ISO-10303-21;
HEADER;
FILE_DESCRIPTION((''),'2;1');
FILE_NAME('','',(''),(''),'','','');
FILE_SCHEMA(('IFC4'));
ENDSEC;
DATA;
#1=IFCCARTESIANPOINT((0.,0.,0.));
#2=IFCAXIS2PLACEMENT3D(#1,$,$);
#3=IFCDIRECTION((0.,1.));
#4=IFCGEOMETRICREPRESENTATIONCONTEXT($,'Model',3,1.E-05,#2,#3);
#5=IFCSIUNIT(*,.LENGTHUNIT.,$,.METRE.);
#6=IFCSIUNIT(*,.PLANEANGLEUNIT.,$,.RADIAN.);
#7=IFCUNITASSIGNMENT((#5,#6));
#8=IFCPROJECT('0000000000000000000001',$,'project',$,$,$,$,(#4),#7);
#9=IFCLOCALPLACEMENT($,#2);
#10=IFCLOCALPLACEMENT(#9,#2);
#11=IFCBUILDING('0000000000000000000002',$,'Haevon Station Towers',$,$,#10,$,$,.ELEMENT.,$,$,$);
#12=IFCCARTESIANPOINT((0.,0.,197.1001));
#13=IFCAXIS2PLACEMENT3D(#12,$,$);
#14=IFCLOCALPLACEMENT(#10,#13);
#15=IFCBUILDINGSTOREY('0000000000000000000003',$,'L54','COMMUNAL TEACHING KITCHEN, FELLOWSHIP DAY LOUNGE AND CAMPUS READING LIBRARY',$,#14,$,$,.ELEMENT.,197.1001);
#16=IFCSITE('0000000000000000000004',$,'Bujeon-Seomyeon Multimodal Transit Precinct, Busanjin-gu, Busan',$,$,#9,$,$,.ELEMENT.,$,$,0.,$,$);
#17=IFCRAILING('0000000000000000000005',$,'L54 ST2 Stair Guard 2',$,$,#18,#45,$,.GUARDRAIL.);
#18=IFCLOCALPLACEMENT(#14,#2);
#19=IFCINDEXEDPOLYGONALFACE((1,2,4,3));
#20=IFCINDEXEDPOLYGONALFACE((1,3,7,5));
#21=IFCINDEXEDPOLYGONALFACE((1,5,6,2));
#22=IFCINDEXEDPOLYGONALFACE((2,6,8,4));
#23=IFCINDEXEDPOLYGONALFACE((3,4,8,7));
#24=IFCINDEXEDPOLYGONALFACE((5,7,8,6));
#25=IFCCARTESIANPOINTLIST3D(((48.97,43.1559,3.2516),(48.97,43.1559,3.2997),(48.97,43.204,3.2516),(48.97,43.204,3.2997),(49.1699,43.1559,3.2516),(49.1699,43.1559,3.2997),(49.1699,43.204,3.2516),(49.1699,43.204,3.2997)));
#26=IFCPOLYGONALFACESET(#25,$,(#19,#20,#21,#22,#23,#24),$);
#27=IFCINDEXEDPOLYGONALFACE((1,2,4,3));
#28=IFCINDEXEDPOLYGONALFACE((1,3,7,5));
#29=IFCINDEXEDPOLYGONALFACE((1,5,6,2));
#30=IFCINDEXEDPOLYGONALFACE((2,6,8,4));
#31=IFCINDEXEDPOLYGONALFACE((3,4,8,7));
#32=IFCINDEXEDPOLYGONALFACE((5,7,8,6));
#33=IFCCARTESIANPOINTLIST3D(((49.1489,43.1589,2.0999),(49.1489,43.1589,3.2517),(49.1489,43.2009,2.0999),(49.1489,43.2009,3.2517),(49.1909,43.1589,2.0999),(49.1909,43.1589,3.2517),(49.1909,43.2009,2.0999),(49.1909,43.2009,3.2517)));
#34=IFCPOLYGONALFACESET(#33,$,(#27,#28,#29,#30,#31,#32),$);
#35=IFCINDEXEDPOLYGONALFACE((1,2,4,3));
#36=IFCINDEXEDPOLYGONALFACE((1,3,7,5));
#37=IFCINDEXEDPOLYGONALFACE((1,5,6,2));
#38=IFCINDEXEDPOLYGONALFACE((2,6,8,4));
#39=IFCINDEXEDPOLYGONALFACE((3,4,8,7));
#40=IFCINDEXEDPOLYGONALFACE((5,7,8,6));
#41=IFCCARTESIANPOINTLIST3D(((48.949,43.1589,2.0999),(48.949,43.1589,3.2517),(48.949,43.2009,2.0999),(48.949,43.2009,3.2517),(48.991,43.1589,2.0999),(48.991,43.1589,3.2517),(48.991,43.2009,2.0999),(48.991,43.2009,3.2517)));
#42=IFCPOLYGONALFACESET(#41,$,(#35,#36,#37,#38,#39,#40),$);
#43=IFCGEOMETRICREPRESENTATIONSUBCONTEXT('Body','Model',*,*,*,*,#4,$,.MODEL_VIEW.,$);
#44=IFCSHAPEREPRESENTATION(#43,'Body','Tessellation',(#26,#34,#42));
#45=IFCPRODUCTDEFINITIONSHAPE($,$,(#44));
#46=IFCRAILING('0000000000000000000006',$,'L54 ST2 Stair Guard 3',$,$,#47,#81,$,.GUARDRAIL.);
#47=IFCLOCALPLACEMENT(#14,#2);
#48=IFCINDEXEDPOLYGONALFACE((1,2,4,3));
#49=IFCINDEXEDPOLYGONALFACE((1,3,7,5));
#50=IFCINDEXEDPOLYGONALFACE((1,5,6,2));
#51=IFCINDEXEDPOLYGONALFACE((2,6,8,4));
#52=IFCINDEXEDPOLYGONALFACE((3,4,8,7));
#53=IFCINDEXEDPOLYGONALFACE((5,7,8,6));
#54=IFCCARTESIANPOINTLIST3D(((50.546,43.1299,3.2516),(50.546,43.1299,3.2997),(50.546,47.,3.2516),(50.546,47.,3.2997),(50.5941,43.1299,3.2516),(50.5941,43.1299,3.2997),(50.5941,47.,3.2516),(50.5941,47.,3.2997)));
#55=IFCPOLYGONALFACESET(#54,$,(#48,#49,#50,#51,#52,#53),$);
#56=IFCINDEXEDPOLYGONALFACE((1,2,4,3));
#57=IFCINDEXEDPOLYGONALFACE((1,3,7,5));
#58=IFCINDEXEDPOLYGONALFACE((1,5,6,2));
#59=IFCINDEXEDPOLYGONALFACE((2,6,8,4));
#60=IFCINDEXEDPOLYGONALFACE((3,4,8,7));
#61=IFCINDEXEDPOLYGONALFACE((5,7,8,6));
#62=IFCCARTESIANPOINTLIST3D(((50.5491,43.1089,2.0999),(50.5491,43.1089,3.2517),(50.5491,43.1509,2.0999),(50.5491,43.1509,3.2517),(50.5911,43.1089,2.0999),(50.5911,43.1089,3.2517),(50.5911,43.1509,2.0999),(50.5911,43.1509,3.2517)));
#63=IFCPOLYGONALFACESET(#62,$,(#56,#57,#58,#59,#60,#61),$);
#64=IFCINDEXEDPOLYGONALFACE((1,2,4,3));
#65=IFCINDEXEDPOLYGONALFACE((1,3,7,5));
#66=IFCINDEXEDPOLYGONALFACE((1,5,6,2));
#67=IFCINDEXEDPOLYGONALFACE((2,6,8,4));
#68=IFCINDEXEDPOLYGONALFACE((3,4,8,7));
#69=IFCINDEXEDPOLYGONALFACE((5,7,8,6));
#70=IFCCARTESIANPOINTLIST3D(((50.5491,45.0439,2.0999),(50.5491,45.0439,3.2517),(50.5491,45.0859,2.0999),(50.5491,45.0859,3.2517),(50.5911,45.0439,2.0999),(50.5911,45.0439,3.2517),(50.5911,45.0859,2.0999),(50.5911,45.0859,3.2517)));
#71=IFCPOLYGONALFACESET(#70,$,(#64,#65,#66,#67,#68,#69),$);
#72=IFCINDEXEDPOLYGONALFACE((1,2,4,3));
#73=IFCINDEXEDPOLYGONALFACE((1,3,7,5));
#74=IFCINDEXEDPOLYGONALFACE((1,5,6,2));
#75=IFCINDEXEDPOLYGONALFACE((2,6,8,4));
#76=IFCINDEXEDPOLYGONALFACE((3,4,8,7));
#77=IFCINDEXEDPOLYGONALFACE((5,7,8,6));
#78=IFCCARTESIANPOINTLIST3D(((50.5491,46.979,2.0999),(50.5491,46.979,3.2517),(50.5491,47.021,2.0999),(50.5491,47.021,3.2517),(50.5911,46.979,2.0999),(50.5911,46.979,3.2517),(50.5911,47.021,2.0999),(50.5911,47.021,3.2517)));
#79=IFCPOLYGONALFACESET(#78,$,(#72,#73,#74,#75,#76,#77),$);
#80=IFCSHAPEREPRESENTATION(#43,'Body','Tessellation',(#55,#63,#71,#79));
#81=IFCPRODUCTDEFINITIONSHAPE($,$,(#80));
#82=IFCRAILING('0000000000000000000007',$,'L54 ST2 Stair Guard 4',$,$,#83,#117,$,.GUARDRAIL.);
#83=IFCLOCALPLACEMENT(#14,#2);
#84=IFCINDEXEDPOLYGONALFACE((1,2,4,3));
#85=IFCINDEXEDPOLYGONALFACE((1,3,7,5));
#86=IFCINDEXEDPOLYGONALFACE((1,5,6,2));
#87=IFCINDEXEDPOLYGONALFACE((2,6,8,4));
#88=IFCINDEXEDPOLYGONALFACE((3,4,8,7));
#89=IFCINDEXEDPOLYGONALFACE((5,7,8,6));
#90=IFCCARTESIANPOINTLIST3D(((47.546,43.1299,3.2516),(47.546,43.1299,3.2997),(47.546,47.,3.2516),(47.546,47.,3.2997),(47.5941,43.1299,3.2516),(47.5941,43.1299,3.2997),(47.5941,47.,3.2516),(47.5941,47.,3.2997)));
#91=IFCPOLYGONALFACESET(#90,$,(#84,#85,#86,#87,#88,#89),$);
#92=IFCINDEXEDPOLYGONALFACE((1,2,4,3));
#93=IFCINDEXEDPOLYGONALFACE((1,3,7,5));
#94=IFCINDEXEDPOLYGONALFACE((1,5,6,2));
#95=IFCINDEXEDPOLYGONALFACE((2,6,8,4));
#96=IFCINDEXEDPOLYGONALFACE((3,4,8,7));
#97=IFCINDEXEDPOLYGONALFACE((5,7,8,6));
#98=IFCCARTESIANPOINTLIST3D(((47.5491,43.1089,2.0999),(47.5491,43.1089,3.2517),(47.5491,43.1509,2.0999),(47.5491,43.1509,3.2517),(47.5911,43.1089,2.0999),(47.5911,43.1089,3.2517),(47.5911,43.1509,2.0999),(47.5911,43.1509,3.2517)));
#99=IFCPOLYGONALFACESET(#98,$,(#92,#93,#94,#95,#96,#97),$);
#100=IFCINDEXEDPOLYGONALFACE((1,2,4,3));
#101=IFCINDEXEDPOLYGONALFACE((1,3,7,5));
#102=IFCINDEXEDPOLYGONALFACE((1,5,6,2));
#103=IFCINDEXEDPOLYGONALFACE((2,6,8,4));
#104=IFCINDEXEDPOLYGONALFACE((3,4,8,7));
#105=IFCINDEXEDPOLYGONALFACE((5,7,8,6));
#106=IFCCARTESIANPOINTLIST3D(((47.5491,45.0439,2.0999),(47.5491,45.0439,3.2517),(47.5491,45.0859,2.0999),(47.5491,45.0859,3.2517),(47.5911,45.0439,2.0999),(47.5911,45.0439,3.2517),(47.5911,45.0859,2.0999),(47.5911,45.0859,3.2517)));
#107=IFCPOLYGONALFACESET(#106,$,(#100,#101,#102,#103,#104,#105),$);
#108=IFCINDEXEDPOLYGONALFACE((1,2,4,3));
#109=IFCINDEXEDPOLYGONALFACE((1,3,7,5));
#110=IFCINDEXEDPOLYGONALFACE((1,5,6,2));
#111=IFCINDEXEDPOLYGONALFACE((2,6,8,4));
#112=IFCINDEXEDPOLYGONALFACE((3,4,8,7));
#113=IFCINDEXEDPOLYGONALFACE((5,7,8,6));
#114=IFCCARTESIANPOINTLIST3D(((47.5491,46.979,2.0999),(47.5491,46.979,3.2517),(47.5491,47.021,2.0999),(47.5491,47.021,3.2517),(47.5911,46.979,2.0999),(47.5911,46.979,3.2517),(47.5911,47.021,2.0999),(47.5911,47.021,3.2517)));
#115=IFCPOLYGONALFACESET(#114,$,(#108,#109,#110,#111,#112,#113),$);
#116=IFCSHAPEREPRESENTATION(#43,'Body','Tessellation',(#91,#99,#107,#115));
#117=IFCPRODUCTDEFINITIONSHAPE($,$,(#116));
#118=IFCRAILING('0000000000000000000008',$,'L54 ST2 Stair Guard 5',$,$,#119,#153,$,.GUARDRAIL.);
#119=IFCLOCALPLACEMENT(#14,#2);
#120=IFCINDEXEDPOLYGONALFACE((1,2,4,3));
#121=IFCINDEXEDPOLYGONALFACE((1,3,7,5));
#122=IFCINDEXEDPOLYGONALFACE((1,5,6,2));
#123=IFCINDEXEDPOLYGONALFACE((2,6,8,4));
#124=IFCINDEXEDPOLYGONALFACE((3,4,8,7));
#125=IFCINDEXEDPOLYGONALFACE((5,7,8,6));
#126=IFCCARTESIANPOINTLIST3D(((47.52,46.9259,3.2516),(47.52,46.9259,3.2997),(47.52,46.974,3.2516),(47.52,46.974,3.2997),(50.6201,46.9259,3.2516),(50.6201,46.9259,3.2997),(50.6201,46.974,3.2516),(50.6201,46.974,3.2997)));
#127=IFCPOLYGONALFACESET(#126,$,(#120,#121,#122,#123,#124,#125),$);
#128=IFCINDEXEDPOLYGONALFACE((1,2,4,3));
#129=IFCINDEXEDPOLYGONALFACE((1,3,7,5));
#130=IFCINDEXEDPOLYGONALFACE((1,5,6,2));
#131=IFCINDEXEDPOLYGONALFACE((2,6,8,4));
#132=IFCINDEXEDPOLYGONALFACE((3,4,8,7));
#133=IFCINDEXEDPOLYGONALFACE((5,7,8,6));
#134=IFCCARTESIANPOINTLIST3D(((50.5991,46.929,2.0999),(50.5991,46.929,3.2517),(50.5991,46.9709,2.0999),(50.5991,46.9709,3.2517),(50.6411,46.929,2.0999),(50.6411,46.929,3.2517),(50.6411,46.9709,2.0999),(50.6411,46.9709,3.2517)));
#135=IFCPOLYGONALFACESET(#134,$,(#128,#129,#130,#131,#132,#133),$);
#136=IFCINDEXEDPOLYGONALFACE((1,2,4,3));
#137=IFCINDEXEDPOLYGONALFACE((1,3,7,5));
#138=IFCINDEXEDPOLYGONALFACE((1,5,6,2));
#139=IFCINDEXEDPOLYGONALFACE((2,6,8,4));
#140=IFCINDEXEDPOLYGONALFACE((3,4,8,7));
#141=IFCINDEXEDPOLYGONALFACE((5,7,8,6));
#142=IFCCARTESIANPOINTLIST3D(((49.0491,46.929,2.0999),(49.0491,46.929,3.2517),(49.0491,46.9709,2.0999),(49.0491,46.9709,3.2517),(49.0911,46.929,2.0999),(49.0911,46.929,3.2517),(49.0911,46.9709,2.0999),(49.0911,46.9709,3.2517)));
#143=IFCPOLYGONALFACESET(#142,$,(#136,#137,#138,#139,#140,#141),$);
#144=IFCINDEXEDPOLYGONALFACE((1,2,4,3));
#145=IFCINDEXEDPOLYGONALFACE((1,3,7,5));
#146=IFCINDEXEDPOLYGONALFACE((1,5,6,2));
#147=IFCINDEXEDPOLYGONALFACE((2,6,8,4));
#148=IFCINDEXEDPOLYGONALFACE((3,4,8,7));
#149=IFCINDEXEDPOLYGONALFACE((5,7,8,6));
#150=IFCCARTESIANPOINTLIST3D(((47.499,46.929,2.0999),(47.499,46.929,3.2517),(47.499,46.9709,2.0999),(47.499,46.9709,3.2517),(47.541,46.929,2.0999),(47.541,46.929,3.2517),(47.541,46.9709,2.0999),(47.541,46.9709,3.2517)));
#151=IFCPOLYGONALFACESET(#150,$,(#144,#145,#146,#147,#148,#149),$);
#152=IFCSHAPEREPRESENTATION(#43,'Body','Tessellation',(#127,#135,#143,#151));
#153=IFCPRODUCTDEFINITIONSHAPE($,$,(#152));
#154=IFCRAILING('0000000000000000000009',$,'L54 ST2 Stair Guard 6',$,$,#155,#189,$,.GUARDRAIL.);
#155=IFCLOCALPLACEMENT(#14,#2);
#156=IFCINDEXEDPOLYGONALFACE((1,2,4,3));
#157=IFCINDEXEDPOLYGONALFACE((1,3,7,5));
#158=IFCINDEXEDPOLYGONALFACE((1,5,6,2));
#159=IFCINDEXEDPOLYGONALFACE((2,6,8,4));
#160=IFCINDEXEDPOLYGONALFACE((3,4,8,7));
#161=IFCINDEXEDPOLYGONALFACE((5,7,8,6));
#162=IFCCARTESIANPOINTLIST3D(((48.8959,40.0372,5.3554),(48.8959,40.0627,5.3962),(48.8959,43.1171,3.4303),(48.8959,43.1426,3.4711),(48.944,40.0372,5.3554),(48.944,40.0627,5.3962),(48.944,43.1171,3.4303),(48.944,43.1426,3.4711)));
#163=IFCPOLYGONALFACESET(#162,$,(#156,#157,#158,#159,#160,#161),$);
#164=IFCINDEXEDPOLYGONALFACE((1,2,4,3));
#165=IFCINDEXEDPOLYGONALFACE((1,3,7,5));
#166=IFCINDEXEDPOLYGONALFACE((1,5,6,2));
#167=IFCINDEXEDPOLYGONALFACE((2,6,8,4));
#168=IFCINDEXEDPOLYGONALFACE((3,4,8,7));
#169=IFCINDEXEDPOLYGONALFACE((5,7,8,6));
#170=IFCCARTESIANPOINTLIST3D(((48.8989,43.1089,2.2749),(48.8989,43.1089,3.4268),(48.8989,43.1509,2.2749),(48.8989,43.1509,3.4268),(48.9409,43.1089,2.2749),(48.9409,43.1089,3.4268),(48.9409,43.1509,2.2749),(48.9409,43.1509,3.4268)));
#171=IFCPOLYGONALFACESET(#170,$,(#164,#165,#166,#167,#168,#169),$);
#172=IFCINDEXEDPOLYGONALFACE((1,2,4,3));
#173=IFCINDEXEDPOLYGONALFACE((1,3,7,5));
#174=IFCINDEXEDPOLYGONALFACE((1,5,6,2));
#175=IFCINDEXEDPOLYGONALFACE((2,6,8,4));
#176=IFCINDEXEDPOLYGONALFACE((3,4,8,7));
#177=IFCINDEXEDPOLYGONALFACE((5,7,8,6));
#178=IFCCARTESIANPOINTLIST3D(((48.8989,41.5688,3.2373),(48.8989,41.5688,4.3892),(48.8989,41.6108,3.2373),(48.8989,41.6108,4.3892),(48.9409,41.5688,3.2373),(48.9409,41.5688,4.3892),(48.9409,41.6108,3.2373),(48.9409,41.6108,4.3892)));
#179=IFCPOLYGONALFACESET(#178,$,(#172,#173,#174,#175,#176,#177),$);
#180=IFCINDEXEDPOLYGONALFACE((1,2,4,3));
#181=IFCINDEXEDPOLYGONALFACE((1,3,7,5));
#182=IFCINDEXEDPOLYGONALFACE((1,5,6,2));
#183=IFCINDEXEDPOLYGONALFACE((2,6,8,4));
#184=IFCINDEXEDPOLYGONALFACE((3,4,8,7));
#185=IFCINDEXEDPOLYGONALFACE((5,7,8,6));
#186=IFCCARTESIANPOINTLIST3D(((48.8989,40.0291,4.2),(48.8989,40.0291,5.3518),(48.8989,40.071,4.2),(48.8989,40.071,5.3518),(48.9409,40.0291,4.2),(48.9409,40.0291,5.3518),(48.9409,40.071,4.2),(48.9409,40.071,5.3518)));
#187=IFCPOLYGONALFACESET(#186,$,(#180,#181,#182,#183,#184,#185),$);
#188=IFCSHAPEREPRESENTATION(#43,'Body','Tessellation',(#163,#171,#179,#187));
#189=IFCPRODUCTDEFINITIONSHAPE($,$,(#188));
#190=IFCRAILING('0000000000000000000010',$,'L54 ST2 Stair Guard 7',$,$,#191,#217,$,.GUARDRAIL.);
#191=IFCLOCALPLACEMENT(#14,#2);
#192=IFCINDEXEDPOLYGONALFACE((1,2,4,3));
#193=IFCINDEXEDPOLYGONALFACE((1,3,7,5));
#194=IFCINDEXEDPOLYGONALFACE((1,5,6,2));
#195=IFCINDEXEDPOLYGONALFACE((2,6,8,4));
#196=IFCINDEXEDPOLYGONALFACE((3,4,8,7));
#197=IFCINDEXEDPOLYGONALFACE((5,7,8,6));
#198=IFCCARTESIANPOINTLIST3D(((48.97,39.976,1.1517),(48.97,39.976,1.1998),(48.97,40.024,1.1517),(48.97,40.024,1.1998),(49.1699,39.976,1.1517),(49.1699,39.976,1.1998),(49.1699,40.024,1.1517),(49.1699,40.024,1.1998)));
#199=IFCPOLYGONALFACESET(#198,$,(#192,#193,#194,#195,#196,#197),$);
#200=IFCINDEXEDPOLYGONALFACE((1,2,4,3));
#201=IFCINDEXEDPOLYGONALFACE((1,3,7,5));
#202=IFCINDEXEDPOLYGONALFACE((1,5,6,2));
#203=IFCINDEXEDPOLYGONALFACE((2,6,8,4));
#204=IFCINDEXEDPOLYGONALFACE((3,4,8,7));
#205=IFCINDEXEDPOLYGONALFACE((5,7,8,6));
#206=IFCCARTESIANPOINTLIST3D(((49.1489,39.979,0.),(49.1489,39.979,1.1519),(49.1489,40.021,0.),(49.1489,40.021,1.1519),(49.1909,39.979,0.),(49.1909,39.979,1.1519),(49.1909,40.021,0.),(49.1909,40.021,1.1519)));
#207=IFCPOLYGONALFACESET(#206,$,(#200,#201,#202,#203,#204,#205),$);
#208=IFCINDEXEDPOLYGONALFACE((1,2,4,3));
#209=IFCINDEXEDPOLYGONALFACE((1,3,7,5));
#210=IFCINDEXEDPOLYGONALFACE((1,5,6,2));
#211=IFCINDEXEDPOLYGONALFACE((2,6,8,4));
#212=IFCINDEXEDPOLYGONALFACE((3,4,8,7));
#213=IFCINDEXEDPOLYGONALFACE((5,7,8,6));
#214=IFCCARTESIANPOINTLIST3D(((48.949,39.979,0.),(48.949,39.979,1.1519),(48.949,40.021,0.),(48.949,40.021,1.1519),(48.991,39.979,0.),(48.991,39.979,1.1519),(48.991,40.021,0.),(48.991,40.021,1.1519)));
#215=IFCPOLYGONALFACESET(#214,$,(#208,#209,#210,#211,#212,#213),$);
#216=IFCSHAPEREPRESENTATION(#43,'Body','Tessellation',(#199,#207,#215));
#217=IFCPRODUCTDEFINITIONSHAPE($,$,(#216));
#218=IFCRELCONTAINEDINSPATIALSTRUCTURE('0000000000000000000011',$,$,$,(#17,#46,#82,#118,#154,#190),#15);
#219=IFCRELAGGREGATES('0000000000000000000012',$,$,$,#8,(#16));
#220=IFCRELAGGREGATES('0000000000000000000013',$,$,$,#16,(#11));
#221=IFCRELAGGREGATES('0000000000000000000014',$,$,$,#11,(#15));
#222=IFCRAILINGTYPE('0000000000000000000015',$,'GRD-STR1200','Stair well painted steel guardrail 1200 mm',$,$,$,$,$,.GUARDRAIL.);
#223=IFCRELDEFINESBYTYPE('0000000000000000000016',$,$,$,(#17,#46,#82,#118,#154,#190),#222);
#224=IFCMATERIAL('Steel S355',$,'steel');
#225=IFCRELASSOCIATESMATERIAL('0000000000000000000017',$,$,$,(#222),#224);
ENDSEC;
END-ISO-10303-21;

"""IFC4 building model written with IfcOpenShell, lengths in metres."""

from ifc_helpers import new_model, si_unit, direction, frame, origin, origin_2d, place, context, subcontext, project, spatial, rectangle, extrude, material, type_object, element, save


model = new_model("IFC4")

# Units and contexts
model_context = context("Model", 3, precision=1e-05, world=origin(), true_north=direction((0.0, 1.0)))
body_context = subcontext(model_context, "Body", "Model", "MODEL_VIEW")
ifc_project = project(units=[si_unit("LENGTHUNIT", "METRE"), si_unit("PLANEANGLEUNIT", "RADIAN")], contexts=[model_context])

# Site, building, storey
site_placement = place(None, origin())
site = spatial("IfcSite", under=ifc_project, at=site_placement, Name="Bujeon-Seomyeon Multimodal Transit Precinct, Busanjin-gu, Busan", CompositionType="ELEMENT", RefElevation=0.0)
building_placement = place(site_placement, origin())
building = spatial("IfcBuilding", under=site, at=building_placement, Name="Haevon Station Towers", CompositionType="ELEMENT")
storey_placement = place(building_placement, frame((0.0, 0.0, 197.1001)))
storey = spatial("IfcBuildingStorey", under=building, at=storey_placement, Name="L54", Description="COMMUNAL TEACHING KITCHEN, FELLOWSHIP DAY LOUNGE AND CAMPUS READING LIBRARY", CompositionType="ELEMENT", Elevation=197.1001)

# Shared definitions
ifc_material_1 = material(Name="Steel S355", Category="steel")

# Railings
railing_type_1 = type_object("IfcRailingType", Name="GRD-STR1200", Description="Stair well painted steel guardrail 1200 mm", PredefinedType="GUARDRAIL", material=ifc_material_1)
railing_1_placement = place(storey_placement, frame((49.1699, 43.1799, 2.0999)))
element("IfcRailing", 1, at=railing_1_placement, inside=storey, type_object=railing_type_1, Name="L54 ST2 Stair Guard 2", PredefinedType="GUARDRAIL", context=body_context, shape_type="SweptSolid", body=[
    extrude(rectangle(XDim=0.0481, YDim=0.0481, at=origin_2d()), frame((0.0, 0.0, 1.1758), z_axis=(-1.0, 0.0, 0.0), x_axis=(0.0, -1.0, 0.0)), (0.0, 0.0, 1.0), 0.2),
    extrude(rectangle(XDim=0.042, YDim=0.042, at=origin_2d()), origin(), (0.0, 0.0, 1.0), 1.1519),
    extrude(rectangle(XDim=0.042, YDim=0.042, at=origin_2d()), frame((-0.2, 0.0, 0.0)), (0.0, 0.0, 1.0), 1.1519),
])
for number, where, name in (
    (2, (50.5701, 43.1299, 2.0999), "L54 ST2 Stair Guard 3"),
    (3, (47.5701, 43.1299, 2.0999), "L54 ST2 Stair Guard 4"),
):
    element("IfcRailing", number, at=place(storey_placement, frame(where)), inside=storey, type_object=railing_type_1, Name=name, PredefinedType="GUARDRAIL", context=body_context, shape_type="SweptSolid", body=[
        extrude(rectangle(XDim=0.0481, YDim=0.0481, at=origin_2d()), frame((0.0, 0.0, 1.1758), z_axis=(0.0, 1.0, 0.0), x_axis=(-1.0, 0.0, 0.0)), (0.0, 0.0, 1.0), 3.8701),
        extrude(rectangle(XDim=0.042, YDim=0.042, at=origin_2d()), origin(), (0.0, 0.0, 1.0), 1.1519),
        extrude(rectangle(XDim=0.042, YDim=0.042, at=origin_2d()), frame((0.0, 1.9351, 0.0)), (0.0, 0.0, 1.0), 1.1519),
        extrude(rectangle(XDim=0.042, YDim=0.042, at=origin_2d()), frame((0.0, 3.8701, 0.0)), (0.0, 0.0, 1.0), 1.1519),
    ])
railing_2_placement = place(storey_placement, frame((50.6201, 46.95, 2.0999)))
element("IfcRailing", 4, at=railing_2_placement, inside=storey, type_object=railing_type_1, Name="L54 ST2 Stair Guard 5", PredefinedType="GUARDRAIL", context=body_context, shape_type="SweptSolid", body=[
    extrude(rectangle(XDim=0.0481, YDim=0.0481, at=origin_2d()), frame((0.0, 0.0, 1.1758), z_axis=(-1.0, 0.0, 0.0), x_axis=(0.0, -1.0, 0.0)), (0.0, 0.0, 1.0), 3.1001),
    extrude(rectangle(XDim=0.042, YDim=0.042, at=origin_2d()), origin(), (0.0, 0.0, 1.0), 1.1519),
    extrude(rectangle(XDim=0.042, YDim=0.042, at=origin_2d()), frame((-1.55, 0.0, 0.0)), (0.0, 0.0, 1.0), 1.1519),
    extrude(rectangle(XDim=0.042, YDim=0.042, at=origin_2d()), frame((-3.1001, 0.0, 0.0)), (0.0, 0.0, 1.0), 1.1519),
])
railing_3_placement = place(storey_placement, frame((48.9199, 43.1299, 2.2749)))
element("IfcRailing", 5, at=railing_3_placement, inside=storey, type_object=railing_type_1, Name="L54 ST2 Stair Guard 6", PredefinedType="GUARDRAIL", context=body_context, shape_type="SweptSolid", body=[
    extrude(rectangle(XDim=0.0481, YDim=0.0481, at=origin_2d()), frame((0.0, 0.0, 1.1758), z_axis=(0.0, -0.847979, 0.530029), x_axis=(1.0, 0.0, 0.0)), (0.0, 0.0, 1.0), 3.6321),
    extrude(rectangle(XDim=0.042, YDim=0.042, at=origin_2d()), origin(), (0.0, 0.0, 1.0), 1.1519),
    extrude(rectangle(XDim=0.042, YDim=0.042, at=origin_2d()), frame((0.0, -1.54, 0.9624)), (0.0, 0.0, 1.0), 1.1519),
    extrude(rectangle(XDim=0.042, YDim=0.042, at=origin_2d()), frame((0.0, -3.0798, 1.925)), (0.0, 0.0, 1.0), 1.1519),
])
railing_4_placement = place(storey_placement, frame((49.1699, 40.0, 0.0)))
element("IfcRailing", 6, at=railing_4_placement, inside=storey, type_object=railing_type_1, Name="L54 ST2 Stair Guard 7", PredefinedType="GUARDRAIL", context=body_context, shape_type="SweptSolid", body=[
    extrude(rectangle(XDim=0.0481, YDim=0.0481, at=origin_2d()), frame((0.0, 0.0, 1.1758), z_axis=(-1.0, 0.0, 0.0), x_axis=(0.0, -1.0, 0.0)), (0.0, 0.0, 1.0), 0.2),
    extrude(rectangle(XDim=0.042, YDim=0.042, at=origin_2d()), origin(), (0.0, 0.0, 1.0), 1.1519),
    extrude(rectangle(XDim=0.042, YDim=0.042, at=origin_2d()), frame((-0.2, 0.0, 0.0)), (0.0, 0.0, 1.0), 1.1519),
])

save(model, "model.ifc")
